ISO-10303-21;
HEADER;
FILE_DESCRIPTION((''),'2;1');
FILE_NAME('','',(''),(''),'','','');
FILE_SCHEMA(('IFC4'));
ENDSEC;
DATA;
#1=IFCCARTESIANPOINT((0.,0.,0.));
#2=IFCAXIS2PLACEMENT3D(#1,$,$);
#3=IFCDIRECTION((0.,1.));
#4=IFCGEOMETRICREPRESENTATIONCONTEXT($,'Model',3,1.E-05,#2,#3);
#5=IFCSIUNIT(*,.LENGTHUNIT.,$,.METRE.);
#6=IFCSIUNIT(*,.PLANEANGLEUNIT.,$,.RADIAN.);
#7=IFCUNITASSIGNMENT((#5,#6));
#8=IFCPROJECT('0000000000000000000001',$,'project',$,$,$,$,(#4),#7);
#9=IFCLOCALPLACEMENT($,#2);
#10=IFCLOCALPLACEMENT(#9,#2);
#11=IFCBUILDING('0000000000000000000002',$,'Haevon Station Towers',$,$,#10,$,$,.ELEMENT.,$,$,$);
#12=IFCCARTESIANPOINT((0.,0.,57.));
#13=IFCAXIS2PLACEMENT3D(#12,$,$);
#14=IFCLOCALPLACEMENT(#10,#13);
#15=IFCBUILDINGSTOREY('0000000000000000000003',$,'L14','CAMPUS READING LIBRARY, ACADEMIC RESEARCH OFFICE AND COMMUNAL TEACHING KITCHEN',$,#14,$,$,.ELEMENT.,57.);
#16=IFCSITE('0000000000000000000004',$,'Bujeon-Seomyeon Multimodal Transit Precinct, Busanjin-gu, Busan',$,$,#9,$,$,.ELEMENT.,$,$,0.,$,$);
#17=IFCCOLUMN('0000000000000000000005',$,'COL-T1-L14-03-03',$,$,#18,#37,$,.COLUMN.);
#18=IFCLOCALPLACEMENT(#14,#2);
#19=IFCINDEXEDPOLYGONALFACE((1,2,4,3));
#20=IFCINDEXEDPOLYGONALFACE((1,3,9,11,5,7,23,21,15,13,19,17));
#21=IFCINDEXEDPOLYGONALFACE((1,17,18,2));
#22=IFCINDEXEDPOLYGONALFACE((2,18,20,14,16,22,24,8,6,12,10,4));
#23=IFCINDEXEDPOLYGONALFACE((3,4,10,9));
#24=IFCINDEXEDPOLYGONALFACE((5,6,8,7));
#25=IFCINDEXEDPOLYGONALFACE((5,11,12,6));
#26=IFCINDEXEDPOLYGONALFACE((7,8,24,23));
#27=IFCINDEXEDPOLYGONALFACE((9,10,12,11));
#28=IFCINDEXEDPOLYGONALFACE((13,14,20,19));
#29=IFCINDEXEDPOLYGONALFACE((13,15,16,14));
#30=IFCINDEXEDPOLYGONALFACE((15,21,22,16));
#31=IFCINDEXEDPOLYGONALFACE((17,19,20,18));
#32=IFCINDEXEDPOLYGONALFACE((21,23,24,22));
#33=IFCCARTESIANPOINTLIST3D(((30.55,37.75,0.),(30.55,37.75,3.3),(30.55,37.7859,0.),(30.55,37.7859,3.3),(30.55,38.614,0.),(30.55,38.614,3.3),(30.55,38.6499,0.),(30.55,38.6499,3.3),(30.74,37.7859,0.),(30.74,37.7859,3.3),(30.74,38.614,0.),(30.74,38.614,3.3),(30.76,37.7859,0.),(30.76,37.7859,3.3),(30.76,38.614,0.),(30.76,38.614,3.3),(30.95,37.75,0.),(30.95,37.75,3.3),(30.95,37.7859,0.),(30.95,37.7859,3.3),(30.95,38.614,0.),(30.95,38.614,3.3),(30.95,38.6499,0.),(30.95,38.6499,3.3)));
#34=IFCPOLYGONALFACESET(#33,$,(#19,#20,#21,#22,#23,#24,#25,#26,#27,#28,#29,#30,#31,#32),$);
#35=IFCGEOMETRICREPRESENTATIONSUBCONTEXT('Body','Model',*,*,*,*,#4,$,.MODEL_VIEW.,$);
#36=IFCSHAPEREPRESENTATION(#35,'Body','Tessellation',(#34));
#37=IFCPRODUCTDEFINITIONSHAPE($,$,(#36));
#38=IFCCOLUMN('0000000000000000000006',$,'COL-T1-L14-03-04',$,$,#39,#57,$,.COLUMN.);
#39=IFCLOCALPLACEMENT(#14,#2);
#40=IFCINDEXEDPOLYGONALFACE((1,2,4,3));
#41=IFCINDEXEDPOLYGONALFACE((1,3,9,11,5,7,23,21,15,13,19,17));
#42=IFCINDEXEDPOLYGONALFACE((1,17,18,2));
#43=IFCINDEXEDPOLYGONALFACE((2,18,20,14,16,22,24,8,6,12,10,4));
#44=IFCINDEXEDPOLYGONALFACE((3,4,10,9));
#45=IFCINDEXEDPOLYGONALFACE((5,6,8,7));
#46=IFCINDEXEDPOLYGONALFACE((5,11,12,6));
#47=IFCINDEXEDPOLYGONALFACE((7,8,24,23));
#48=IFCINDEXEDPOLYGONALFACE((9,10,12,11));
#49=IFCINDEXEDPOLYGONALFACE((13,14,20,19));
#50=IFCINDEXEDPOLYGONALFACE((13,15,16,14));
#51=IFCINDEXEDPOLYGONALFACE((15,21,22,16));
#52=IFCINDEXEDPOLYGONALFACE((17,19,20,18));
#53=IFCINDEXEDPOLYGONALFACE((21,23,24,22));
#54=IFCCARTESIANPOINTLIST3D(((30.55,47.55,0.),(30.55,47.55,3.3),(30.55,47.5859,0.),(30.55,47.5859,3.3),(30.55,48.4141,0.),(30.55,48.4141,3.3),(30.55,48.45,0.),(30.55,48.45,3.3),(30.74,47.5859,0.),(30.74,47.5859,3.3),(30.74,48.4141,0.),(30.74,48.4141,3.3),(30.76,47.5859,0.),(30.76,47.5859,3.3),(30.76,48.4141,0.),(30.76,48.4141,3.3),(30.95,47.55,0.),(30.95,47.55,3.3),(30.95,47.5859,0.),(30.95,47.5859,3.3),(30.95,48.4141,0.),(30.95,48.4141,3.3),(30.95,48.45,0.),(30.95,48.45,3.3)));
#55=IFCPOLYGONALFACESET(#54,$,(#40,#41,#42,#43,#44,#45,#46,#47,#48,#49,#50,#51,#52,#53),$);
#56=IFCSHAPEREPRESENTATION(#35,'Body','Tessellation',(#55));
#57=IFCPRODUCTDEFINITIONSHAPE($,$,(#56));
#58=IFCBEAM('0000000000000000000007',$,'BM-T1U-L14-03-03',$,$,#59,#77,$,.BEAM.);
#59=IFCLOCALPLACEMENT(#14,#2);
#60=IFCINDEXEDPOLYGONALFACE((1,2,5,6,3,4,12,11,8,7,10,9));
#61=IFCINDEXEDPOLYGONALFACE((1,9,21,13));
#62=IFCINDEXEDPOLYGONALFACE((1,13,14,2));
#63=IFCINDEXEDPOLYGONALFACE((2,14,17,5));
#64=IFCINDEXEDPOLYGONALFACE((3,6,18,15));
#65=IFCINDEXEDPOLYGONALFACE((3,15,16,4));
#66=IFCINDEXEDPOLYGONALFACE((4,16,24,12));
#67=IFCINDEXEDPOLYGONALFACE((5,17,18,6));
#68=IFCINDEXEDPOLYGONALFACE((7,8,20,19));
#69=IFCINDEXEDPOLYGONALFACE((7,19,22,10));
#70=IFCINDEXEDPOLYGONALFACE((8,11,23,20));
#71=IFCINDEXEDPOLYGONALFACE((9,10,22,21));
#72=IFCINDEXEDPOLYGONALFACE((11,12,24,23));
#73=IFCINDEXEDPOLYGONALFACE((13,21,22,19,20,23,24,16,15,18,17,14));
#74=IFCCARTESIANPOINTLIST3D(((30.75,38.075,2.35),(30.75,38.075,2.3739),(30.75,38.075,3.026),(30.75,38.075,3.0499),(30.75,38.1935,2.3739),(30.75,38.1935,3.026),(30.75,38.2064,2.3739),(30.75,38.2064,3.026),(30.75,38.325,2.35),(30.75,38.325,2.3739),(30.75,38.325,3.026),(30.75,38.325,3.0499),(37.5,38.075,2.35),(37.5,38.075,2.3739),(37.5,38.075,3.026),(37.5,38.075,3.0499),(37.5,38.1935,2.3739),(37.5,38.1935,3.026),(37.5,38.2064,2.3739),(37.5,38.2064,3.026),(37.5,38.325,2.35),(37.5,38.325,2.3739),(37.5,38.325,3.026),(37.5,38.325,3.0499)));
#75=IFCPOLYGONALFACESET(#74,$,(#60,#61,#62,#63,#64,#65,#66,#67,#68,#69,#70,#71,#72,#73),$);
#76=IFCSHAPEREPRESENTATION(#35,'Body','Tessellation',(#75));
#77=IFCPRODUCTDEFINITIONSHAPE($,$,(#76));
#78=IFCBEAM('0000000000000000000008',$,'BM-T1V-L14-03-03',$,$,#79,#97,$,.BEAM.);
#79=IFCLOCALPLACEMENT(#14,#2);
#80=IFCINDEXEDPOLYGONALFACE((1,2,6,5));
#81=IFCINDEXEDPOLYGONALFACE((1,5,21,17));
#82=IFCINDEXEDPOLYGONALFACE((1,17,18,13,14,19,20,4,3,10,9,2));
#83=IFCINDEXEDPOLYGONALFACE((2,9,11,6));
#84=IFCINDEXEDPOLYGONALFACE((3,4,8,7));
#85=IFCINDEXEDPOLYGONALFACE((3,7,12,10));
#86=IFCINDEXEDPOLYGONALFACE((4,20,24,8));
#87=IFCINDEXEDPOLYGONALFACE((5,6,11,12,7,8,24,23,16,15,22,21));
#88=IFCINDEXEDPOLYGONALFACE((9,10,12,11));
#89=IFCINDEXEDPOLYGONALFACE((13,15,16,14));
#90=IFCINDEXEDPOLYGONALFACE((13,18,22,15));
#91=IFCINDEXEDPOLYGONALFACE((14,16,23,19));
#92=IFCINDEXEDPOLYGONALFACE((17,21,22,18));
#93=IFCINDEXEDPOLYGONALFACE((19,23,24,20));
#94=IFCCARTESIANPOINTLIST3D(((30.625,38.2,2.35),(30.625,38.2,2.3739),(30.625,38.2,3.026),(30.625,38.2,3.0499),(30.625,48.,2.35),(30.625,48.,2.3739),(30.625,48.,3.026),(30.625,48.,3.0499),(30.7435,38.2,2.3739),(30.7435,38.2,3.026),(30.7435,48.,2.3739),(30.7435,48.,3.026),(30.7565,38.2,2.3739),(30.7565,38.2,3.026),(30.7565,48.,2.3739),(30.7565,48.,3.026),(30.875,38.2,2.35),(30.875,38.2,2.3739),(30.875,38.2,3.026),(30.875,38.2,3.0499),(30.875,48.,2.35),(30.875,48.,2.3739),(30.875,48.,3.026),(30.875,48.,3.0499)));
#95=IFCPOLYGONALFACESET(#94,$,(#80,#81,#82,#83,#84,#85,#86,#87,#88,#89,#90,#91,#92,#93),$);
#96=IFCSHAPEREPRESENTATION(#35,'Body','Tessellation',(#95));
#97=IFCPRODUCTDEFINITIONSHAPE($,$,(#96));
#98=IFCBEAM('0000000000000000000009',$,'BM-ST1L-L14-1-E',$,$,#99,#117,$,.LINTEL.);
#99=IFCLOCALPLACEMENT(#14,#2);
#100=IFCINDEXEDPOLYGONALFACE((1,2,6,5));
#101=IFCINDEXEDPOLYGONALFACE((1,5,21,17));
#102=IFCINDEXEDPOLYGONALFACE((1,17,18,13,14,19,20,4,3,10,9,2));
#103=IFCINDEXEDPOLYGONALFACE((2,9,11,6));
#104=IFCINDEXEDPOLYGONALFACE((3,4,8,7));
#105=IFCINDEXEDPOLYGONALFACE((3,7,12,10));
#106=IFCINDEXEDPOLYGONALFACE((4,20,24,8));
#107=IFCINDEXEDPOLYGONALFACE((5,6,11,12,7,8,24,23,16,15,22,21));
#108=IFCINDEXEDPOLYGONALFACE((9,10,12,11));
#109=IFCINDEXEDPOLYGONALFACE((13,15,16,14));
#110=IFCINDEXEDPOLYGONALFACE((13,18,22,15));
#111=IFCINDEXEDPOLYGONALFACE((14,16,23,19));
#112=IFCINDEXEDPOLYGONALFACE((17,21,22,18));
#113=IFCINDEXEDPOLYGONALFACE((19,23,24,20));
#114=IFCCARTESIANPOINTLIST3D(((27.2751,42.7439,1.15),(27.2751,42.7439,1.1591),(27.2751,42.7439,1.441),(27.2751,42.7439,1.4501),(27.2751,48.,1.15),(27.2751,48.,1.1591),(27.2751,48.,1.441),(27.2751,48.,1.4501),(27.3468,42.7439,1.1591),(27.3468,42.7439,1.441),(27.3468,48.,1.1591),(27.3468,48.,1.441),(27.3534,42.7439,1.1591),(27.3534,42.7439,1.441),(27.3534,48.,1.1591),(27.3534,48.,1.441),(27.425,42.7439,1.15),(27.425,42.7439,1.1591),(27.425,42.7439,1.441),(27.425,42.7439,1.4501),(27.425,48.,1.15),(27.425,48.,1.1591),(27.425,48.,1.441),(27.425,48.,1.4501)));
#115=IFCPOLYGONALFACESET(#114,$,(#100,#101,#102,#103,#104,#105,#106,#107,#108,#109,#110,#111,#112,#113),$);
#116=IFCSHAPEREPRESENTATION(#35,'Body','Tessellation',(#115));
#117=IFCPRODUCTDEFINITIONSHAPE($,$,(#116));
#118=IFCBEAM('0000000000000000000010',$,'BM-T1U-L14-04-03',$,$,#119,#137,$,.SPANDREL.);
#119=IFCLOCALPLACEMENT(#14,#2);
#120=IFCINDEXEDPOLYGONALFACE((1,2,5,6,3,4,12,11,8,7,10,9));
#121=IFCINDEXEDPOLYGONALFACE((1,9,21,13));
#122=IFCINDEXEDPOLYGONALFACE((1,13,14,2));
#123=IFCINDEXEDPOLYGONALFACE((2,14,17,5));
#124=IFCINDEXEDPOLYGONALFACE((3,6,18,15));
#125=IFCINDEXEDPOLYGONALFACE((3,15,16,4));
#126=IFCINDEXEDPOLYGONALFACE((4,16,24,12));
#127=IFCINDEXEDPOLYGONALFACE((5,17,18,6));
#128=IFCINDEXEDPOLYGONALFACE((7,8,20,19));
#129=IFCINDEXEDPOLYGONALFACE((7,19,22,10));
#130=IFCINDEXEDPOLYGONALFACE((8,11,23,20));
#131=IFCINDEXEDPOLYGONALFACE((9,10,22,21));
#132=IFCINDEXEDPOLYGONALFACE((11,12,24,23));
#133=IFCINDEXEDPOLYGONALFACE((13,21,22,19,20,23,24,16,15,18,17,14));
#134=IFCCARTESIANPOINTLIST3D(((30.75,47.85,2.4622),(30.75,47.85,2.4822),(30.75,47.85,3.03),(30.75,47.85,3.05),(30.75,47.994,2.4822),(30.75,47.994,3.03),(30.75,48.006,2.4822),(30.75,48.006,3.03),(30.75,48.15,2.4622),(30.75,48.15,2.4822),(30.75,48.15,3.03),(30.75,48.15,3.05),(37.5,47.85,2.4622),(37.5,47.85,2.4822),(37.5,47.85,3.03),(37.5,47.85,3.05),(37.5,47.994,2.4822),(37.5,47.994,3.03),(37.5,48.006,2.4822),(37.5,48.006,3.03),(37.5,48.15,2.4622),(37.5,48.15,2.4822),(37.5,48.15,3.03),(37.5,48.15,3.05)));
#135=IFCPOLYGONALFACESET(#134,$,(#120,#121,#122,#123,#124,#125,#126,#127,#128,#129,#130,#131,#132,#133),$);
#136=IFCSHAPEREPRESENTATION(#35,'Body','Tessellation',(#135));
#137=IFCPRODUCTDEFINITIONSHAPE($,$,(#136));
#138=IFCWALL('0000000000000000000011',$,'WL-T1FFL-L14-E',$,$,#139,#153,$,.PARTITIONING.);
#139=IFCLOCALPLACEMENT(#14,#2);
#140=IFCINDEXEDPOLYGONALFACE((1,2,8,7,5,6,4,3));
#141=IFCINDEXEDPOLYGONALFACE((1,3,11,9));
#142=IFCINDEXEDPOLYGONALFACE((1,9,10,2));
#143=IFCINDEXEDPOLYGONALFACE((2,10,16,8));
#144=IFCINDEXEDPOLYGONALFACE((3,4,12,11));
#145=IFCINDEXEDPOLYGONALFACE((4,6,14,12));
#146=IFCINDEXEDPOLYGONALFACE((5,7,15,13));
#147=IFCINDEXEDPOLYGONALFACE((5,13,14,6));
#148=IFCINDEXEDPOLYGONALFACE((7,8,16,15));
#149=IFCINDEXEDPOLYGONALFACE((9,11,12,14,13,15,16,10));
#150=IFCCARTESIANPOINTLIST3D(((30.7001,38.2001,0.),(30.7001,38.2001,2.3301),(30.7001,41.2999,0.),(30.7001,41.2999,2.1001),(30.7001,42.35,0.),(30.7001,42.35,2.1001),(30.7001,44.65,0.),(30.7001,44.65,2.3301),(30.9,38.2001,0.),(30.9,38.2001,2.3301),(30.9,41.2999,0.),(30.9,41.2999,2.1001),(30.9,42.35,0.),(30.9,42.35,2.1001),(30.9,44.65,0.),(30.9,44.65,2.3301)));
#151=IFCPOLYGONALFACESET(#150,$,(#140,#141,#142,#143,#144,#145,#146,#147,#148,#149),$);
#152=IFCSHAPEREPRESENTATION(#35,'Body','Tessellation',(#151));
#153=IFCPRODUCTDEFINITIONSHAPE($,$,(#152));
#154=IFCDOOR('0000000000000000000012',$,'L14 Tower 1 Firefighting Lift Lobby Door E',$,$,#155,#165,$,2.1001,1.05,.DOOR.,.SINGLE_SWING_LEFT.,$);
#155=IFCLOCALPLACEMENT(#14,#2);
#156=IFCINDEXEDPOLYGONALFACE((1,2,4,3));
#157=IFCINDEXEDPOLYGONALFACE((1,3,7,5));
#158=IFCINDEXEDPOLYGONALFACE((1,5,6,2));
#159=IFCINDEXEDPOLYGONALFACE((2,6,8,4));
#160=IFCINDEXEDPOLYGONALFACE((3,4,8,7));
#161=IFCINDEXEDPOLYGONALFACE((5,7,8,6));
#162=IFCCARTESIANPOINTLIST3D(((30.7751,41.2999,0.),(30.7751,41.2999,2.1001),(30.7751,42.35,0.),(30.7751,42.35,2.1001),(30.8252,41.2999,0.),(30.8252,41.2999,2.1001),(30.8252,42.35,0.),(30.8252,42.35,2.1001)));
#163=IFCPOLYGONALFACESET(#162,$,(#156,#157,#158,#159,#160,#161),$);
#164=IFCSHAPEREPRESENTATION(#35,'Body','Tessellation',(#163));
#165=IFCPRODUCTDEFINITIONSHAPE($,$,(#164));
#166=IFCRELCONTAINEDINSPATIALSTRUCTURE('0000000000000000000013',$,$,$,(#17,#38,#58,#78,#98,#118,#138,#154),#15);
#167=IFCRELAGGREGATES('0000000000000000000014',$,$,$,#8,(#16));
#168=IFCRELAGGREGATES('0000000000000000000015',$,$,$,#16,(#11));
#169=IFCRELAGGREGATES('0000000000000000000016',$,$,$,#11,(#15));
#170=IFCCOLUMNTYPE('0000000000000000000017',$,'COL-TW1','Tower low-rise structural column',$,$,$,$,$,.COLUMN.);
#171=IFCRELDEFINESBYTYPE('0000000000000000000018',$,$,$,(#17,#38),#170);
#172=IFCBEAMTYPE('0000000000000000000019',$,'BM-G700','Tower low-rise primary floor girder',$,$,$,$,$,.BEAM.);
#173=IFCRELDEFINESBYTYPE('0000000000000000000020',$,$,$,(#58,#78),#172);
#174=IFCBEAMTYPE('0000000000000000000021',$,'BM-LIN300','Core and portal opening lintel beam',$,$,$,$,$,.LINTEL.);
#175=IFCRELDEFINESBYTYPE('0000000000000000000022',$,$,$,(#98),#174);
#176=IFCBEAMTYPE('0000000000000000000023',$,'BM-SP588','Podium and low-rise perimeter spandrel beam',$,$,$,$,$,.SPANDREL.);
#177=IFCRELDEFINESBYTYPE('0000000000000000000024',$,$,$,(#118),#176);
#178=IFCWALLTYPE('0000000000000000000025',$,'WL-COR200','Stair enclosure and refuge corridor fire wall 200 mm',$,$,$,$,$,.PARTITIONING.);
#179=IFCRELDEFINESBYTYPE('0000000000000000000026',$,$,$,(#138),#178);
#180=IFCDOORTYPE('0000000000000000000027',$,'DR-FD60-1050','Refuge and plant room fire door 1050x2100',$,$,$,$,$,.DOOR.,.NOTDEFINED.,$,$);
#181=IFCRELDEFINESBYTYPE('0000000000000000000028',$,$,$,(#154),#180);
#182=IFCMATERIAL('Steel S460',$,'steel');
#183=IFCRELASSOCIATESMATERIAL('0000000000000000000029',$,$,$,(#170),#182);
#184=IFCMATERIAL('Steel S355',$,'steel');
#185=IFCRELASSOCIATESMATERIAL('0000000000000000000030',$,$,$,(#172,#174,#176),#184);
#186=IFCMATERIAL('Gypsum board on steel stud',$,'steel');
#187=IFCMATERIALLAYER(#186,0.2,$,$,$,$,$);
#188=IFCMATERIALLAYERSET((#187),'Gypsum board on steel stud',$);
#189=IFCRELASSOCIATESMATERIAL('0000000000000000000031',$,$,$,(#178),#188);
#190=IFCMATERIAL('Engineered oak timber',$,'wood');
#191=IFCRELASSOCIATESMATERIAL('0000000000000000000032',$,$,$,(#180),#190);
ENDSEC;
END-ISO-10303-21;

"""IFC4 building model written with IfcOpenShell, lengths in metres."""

from ifc_helpers import new_model, si_unit, direction, frame, frame_2d, origin, origin_2d, place, context, subcontext, project, spatial, rectangle, i_section, extrude, material, layer, layer_set, material_profile, profile_set, type_object, element, fill, save


model = new_model("IFC4")

# Units and contexts
model_context = context("Model", 3, precision=1e-05, world=origin(), true_north=direction((0.0, 1.0)))
body_context = subcontext(model_context, "Body", "Model", "MODEL_VIEW")
ifc_project = project(units=[si_unit("LENGTHUNIT", "METRE"), si_unit("PLANEANGLEUNIT", "RADIAN")], contexts=[model_context])

# Site, building, storey
site_placement = place(None, origin())
site = spatial("IfcSite", under=ifc_project, at=site_placement, Name="Bujeon-Seomyeon Multimodal Transit Precinct, Busanjin-gu, Busan", CompositionType="ELEMENT", RefElevation=0.0)
building_placement = place(site_placement, origin())
building = spatial("IfcBuilding", under=site, at=building_placement, Name="Haevon Station Towers", CompositionType="ELEMENT")
storey_placement = place(building_placement, frame((0.0, 0.0, 57.0)))
storey = spatial("IfcBuildingStorey", under=building, at=storey_placement, Name="L14", Description="CAMPUS READING LIBRARY, ACADEMIC RESEARCH OFFICE AND COMMUNAL TEACHING KITCHEN", CompositionType="ELEMENT", Elevation=57.0)

# Columns
ifc_material_1 = material(Name="Steel S460", Category="steel")
ifc_material_profile_1 = material_profile(ifc_material_1, i_section(OverallWidth=0.3999, OverallDepth=0.8999, WebThickness=0.02, FlangeThickness=0.0359, at=origin_2d()), Name="H-900x400x20x36")
ifc_profile_set_1 = profile_set([ifc_material_profile_1], Name="Steel S460")
column_type = type_object("IfcColumnType", Name="COL-TW1", Description="Tower low-rise structural column", PredefinedType="COLUMN", material=ifc_profile_set_1)
for number, where, z_axis, x_axis, name in (
    (1, (30.75, 38.2, 0.0), (0.0, 0.0, 1.0), (1.0, 0.0, 0.0), "COL-T1-L14-03-03"),
    (2, (30.75, 48.0, 0.0), (0.0, 0.0, 1.0), (1.0, 0.0, 0.0), "COL-T1-L14-03-04"),
):
    element("IfcColumn", number, at=place(storey_placement, frame(where, z_axis=z_axis, x_axis=x_axis)), inside=storey, type_object=column_type, Name=name, PredefinedType="COLUMN", context=body_context, shape_type="SweptSolid", body=[
        extrude(i_section(OverallWidth=0.3999, OverallDepth=0.8999, WebThickness=0.02, FlangeThickness=0.0359, at=origin_2d()), origin(), (0.0, 0.0, 1.0), 3.3),
    ])

# Beams
ifc_material_2 = material(Name="Steel S355", Category="steel")
ifc_material_profile_2 = material_profile(ifc_material_2, i_section(OverallWidth=0.25, OverallDepth=0.7, WebThickness=0.0129, FlangeThickness=0.0239, at=origin_2d()), Name="H-700x250x13x24")
ifc_profile_set_2 = profile_set([ifc_material_profile_2], Name="Steel S355")
beam_type_1 = type_object("IfcBeamType", Name="BM-G700", Description="Tower low-rise primary floor girder", PredefinedType="BEAM", material=ifc_profile_set_2)
beam_1_placement = place(storey_placement, frame((30.75, 38.2, 2.7), z_axis=(1.0, 0.0, 0.0), x_axis=(0.0, 1.0, 0.0)))
element("IfcBeam", 3, at=beam_1_placement, inside=storey, type_object=beam_type_1, Name="BM-T1U-L14-03-03", PredefinedType="BEAM", context=body_context, shape_type="SweptSolid", body=[
    extrude(i_section(OverallWidth=0.25, OverallDepth=0.7, WebThickness=0.0129, FlangeThickness=0.0239, at=origin_2d()), origin(), (0.0, 0.0, 1.0), 6.75),
])
beam_2_placement = place(storey_placement, frame((30.75, 38.2, 2.7), z_axis=(0.0, 1.0, 0.0), x_axis=(-1.0, 0.0, 0.0)))
element("IfcBeam", 4, at=beam_2_placement, inside=storey, type_object=beam_type_1, Name="BM-T1V-L14-03-03", PredefinedType="BEAM", context=body_context, shape_type="SweptSolid", body=[
    extrude(i_section(OverallWidth=0.25, OverallDepth=0.7, WebThickness=0.0129, FlangeThickness=0.0239, at=origin_2d()), origin(), (0.0, 0.0, 1.0), 9.8),
])
ifc_material_profile_3 = material_profile(ifc_material_2, i_section(OverallWidth=0.1499, OverallDepth=0.3, WebThickness=0.0066, FlangeThickness=0.009, at=origin_2d()), Name="H-300x150x6.5x9")
ifc_profile_set_3 = profile_set([ifc_material_profile_3], Name="Steel S355")
beam_type_2 = type_object("IfcBeamType", Name="BM-LIN300", Description="Core and portal opening lintel beam", PredefinedType="LINTEL", material=ifc_profile_set_3)
beam_3_placement = place(storey_placement, frame((27.3501, 42.7439, 1.3), z_axis=(0.0, 1.0, 0.0), x_axis=(-1.0, 0.0, 0.0)))
element("IfcBeam", 5, at=beam_3_placement, inside=storey, type_object=beam_type_2, Name="BM-ST1L-L14-1-E", PredefinedType="LINTEL", context=body_context, shape_type="SweptSolid", body=[
    extrude(i_section(OverallWidth=0.1499, OverallDepth=0.3, WebThickness=0.0066, FlangeThickness=0.009, at=origin_2d()), origin(), (0.0, 0.0, 1.0), 5.2561),
])
ifc_material_profile_4 = material_profile(ifc_material_2, i_section(OverallWidth=0.3, OverallDepth=0.5879, WebThickness=0.012, FlangeThickness=0.02, at=origin_2d()), Name="H-588x300x12x20")
ifc_profile_set_4 = profile_set([ifc_material_profile_4], Name="Steel S355")
beam_type_3 = type_object("IfcBeamType", Name="BM-SP588", Description="Podium and low-rise perimeter spandrel beam", PredefinedType="SPANDREL", material=ifc_profile_set_4)
beam_4_placement = place(storey_placement, frame((30.75, 48.0, 2.7561), z_axis=(1.0, 0.0, 0.0), x_axis=(0.0, 1.0, 0.0)))
element("IfcBeam", 6, at=beam_4_placement, inside=storey, type_object=beam_type_3, Name="BM-T1U-L14-04-03", PredefinedType="SPANDREL", context=body_context, shape_type="SweptSolid", body=[
    extrude(i_section(OverallWidth=0.3, OverallDepth=0.5879, WebThickness=0.012, FlangeThickness=0.02, at=origin_2d()), origin(), (0.0, 0.0, 1.0), 6.75),
])

# Wall, opening, door
ifc_material_3 = material(Name="Gypsum board on steel stud", Category="steel")
ifc_layer_1 = layer(ifc_material_3, 0.2)
ifc_layer_set_1 = layer_set([ifc_layer_1], Name="Gypsum board on steel stud")
wall_type_1 = type_object("IfcWallType", Name="WL-COR200", Description="Stair enclosure and refuge corridor fire wall 200 mm", PredefinedType="PARTITIONING", material=ifc_layer_set_1)
wall_1_placement = place(storey_placement, frame((30.8, 38.2, 0.0), z_axis=(0.0, 0.0, 1.0), x_axis=(0.0, 1.0, 0.0)))
wall_1 = element("IfcWall", 7, at=wall_1_placement, inside=storey, type_object=wall_type_1, Name="WL-T1FFL-L14-E", PredefinedType="PARTITIONING", context=body_context, shape_type="SweptSolid", body=[
    extrude(rectangle(XDim=6.45, YDim=0.2, at=frame_2d((3.2251, 0.0))), origin(), (0.0, 0.0, 1.0), 2.3301),
])
opening_1_placement = place(wall_1_placement, frame((3.1001, 0.0, 0.0)))
opening_1 = element("IfcOpeningElement", 8, at=opening_1_placement, cuts=wall_1, PredefinedType="OPENING", context=body_context, shape_type="SweptSolid", body=[
    extrude(rectangle(XDim=1.05, YDim=2.1001, at=frame_2d((0.5249, 1.05))), frame((0.0, 0.1099, 0.0), z_axis=(0.0, -1.0, 0.0), x_axis=(1.0, 0.0, 0.0)), (0.0, 0.0, 1.0), 0.22),
])
ifc_material_4 = material(Name="Engineered oak timber", Category="wood")
door_type_1 = type_object("IfcDoorType", Name="DR-FD60-1050", Description="Refuge and plant room fire door 1050x2100", OperationType="NOTDEFINED", PredefinedType="DOOR", material=ifc_material_4)
door_1_placement = place(opening_1_placement, origin())
door_1 = element("IfcDoor", 9, at=door_1_placement, inside=storey, type_object=door_type_1, Name="L14 Tower 1 Firefighting Lift Lobby Door E", OperationType="SINGLE_SWING_LEFT", OverallHeight=2.1001, OverallWidth=1.05, PredefinedType="DOOR", context=body_context, shape_type="SweptSolid", body=[
    extrude(rectangle(XDim=1.05, YDim=2.1001, at=frame_2d((0.5249, 1.05))), frame((0.0, 0.0249, 0.0), z_axis=(0.0, -1.0, 0.0), x_axis=(1.0, 0.0, 0.0)), (0.0, 0.0, 1.0), 0.05),
])
fill(opening_1, door_1)

save(model, "model.ifc")
